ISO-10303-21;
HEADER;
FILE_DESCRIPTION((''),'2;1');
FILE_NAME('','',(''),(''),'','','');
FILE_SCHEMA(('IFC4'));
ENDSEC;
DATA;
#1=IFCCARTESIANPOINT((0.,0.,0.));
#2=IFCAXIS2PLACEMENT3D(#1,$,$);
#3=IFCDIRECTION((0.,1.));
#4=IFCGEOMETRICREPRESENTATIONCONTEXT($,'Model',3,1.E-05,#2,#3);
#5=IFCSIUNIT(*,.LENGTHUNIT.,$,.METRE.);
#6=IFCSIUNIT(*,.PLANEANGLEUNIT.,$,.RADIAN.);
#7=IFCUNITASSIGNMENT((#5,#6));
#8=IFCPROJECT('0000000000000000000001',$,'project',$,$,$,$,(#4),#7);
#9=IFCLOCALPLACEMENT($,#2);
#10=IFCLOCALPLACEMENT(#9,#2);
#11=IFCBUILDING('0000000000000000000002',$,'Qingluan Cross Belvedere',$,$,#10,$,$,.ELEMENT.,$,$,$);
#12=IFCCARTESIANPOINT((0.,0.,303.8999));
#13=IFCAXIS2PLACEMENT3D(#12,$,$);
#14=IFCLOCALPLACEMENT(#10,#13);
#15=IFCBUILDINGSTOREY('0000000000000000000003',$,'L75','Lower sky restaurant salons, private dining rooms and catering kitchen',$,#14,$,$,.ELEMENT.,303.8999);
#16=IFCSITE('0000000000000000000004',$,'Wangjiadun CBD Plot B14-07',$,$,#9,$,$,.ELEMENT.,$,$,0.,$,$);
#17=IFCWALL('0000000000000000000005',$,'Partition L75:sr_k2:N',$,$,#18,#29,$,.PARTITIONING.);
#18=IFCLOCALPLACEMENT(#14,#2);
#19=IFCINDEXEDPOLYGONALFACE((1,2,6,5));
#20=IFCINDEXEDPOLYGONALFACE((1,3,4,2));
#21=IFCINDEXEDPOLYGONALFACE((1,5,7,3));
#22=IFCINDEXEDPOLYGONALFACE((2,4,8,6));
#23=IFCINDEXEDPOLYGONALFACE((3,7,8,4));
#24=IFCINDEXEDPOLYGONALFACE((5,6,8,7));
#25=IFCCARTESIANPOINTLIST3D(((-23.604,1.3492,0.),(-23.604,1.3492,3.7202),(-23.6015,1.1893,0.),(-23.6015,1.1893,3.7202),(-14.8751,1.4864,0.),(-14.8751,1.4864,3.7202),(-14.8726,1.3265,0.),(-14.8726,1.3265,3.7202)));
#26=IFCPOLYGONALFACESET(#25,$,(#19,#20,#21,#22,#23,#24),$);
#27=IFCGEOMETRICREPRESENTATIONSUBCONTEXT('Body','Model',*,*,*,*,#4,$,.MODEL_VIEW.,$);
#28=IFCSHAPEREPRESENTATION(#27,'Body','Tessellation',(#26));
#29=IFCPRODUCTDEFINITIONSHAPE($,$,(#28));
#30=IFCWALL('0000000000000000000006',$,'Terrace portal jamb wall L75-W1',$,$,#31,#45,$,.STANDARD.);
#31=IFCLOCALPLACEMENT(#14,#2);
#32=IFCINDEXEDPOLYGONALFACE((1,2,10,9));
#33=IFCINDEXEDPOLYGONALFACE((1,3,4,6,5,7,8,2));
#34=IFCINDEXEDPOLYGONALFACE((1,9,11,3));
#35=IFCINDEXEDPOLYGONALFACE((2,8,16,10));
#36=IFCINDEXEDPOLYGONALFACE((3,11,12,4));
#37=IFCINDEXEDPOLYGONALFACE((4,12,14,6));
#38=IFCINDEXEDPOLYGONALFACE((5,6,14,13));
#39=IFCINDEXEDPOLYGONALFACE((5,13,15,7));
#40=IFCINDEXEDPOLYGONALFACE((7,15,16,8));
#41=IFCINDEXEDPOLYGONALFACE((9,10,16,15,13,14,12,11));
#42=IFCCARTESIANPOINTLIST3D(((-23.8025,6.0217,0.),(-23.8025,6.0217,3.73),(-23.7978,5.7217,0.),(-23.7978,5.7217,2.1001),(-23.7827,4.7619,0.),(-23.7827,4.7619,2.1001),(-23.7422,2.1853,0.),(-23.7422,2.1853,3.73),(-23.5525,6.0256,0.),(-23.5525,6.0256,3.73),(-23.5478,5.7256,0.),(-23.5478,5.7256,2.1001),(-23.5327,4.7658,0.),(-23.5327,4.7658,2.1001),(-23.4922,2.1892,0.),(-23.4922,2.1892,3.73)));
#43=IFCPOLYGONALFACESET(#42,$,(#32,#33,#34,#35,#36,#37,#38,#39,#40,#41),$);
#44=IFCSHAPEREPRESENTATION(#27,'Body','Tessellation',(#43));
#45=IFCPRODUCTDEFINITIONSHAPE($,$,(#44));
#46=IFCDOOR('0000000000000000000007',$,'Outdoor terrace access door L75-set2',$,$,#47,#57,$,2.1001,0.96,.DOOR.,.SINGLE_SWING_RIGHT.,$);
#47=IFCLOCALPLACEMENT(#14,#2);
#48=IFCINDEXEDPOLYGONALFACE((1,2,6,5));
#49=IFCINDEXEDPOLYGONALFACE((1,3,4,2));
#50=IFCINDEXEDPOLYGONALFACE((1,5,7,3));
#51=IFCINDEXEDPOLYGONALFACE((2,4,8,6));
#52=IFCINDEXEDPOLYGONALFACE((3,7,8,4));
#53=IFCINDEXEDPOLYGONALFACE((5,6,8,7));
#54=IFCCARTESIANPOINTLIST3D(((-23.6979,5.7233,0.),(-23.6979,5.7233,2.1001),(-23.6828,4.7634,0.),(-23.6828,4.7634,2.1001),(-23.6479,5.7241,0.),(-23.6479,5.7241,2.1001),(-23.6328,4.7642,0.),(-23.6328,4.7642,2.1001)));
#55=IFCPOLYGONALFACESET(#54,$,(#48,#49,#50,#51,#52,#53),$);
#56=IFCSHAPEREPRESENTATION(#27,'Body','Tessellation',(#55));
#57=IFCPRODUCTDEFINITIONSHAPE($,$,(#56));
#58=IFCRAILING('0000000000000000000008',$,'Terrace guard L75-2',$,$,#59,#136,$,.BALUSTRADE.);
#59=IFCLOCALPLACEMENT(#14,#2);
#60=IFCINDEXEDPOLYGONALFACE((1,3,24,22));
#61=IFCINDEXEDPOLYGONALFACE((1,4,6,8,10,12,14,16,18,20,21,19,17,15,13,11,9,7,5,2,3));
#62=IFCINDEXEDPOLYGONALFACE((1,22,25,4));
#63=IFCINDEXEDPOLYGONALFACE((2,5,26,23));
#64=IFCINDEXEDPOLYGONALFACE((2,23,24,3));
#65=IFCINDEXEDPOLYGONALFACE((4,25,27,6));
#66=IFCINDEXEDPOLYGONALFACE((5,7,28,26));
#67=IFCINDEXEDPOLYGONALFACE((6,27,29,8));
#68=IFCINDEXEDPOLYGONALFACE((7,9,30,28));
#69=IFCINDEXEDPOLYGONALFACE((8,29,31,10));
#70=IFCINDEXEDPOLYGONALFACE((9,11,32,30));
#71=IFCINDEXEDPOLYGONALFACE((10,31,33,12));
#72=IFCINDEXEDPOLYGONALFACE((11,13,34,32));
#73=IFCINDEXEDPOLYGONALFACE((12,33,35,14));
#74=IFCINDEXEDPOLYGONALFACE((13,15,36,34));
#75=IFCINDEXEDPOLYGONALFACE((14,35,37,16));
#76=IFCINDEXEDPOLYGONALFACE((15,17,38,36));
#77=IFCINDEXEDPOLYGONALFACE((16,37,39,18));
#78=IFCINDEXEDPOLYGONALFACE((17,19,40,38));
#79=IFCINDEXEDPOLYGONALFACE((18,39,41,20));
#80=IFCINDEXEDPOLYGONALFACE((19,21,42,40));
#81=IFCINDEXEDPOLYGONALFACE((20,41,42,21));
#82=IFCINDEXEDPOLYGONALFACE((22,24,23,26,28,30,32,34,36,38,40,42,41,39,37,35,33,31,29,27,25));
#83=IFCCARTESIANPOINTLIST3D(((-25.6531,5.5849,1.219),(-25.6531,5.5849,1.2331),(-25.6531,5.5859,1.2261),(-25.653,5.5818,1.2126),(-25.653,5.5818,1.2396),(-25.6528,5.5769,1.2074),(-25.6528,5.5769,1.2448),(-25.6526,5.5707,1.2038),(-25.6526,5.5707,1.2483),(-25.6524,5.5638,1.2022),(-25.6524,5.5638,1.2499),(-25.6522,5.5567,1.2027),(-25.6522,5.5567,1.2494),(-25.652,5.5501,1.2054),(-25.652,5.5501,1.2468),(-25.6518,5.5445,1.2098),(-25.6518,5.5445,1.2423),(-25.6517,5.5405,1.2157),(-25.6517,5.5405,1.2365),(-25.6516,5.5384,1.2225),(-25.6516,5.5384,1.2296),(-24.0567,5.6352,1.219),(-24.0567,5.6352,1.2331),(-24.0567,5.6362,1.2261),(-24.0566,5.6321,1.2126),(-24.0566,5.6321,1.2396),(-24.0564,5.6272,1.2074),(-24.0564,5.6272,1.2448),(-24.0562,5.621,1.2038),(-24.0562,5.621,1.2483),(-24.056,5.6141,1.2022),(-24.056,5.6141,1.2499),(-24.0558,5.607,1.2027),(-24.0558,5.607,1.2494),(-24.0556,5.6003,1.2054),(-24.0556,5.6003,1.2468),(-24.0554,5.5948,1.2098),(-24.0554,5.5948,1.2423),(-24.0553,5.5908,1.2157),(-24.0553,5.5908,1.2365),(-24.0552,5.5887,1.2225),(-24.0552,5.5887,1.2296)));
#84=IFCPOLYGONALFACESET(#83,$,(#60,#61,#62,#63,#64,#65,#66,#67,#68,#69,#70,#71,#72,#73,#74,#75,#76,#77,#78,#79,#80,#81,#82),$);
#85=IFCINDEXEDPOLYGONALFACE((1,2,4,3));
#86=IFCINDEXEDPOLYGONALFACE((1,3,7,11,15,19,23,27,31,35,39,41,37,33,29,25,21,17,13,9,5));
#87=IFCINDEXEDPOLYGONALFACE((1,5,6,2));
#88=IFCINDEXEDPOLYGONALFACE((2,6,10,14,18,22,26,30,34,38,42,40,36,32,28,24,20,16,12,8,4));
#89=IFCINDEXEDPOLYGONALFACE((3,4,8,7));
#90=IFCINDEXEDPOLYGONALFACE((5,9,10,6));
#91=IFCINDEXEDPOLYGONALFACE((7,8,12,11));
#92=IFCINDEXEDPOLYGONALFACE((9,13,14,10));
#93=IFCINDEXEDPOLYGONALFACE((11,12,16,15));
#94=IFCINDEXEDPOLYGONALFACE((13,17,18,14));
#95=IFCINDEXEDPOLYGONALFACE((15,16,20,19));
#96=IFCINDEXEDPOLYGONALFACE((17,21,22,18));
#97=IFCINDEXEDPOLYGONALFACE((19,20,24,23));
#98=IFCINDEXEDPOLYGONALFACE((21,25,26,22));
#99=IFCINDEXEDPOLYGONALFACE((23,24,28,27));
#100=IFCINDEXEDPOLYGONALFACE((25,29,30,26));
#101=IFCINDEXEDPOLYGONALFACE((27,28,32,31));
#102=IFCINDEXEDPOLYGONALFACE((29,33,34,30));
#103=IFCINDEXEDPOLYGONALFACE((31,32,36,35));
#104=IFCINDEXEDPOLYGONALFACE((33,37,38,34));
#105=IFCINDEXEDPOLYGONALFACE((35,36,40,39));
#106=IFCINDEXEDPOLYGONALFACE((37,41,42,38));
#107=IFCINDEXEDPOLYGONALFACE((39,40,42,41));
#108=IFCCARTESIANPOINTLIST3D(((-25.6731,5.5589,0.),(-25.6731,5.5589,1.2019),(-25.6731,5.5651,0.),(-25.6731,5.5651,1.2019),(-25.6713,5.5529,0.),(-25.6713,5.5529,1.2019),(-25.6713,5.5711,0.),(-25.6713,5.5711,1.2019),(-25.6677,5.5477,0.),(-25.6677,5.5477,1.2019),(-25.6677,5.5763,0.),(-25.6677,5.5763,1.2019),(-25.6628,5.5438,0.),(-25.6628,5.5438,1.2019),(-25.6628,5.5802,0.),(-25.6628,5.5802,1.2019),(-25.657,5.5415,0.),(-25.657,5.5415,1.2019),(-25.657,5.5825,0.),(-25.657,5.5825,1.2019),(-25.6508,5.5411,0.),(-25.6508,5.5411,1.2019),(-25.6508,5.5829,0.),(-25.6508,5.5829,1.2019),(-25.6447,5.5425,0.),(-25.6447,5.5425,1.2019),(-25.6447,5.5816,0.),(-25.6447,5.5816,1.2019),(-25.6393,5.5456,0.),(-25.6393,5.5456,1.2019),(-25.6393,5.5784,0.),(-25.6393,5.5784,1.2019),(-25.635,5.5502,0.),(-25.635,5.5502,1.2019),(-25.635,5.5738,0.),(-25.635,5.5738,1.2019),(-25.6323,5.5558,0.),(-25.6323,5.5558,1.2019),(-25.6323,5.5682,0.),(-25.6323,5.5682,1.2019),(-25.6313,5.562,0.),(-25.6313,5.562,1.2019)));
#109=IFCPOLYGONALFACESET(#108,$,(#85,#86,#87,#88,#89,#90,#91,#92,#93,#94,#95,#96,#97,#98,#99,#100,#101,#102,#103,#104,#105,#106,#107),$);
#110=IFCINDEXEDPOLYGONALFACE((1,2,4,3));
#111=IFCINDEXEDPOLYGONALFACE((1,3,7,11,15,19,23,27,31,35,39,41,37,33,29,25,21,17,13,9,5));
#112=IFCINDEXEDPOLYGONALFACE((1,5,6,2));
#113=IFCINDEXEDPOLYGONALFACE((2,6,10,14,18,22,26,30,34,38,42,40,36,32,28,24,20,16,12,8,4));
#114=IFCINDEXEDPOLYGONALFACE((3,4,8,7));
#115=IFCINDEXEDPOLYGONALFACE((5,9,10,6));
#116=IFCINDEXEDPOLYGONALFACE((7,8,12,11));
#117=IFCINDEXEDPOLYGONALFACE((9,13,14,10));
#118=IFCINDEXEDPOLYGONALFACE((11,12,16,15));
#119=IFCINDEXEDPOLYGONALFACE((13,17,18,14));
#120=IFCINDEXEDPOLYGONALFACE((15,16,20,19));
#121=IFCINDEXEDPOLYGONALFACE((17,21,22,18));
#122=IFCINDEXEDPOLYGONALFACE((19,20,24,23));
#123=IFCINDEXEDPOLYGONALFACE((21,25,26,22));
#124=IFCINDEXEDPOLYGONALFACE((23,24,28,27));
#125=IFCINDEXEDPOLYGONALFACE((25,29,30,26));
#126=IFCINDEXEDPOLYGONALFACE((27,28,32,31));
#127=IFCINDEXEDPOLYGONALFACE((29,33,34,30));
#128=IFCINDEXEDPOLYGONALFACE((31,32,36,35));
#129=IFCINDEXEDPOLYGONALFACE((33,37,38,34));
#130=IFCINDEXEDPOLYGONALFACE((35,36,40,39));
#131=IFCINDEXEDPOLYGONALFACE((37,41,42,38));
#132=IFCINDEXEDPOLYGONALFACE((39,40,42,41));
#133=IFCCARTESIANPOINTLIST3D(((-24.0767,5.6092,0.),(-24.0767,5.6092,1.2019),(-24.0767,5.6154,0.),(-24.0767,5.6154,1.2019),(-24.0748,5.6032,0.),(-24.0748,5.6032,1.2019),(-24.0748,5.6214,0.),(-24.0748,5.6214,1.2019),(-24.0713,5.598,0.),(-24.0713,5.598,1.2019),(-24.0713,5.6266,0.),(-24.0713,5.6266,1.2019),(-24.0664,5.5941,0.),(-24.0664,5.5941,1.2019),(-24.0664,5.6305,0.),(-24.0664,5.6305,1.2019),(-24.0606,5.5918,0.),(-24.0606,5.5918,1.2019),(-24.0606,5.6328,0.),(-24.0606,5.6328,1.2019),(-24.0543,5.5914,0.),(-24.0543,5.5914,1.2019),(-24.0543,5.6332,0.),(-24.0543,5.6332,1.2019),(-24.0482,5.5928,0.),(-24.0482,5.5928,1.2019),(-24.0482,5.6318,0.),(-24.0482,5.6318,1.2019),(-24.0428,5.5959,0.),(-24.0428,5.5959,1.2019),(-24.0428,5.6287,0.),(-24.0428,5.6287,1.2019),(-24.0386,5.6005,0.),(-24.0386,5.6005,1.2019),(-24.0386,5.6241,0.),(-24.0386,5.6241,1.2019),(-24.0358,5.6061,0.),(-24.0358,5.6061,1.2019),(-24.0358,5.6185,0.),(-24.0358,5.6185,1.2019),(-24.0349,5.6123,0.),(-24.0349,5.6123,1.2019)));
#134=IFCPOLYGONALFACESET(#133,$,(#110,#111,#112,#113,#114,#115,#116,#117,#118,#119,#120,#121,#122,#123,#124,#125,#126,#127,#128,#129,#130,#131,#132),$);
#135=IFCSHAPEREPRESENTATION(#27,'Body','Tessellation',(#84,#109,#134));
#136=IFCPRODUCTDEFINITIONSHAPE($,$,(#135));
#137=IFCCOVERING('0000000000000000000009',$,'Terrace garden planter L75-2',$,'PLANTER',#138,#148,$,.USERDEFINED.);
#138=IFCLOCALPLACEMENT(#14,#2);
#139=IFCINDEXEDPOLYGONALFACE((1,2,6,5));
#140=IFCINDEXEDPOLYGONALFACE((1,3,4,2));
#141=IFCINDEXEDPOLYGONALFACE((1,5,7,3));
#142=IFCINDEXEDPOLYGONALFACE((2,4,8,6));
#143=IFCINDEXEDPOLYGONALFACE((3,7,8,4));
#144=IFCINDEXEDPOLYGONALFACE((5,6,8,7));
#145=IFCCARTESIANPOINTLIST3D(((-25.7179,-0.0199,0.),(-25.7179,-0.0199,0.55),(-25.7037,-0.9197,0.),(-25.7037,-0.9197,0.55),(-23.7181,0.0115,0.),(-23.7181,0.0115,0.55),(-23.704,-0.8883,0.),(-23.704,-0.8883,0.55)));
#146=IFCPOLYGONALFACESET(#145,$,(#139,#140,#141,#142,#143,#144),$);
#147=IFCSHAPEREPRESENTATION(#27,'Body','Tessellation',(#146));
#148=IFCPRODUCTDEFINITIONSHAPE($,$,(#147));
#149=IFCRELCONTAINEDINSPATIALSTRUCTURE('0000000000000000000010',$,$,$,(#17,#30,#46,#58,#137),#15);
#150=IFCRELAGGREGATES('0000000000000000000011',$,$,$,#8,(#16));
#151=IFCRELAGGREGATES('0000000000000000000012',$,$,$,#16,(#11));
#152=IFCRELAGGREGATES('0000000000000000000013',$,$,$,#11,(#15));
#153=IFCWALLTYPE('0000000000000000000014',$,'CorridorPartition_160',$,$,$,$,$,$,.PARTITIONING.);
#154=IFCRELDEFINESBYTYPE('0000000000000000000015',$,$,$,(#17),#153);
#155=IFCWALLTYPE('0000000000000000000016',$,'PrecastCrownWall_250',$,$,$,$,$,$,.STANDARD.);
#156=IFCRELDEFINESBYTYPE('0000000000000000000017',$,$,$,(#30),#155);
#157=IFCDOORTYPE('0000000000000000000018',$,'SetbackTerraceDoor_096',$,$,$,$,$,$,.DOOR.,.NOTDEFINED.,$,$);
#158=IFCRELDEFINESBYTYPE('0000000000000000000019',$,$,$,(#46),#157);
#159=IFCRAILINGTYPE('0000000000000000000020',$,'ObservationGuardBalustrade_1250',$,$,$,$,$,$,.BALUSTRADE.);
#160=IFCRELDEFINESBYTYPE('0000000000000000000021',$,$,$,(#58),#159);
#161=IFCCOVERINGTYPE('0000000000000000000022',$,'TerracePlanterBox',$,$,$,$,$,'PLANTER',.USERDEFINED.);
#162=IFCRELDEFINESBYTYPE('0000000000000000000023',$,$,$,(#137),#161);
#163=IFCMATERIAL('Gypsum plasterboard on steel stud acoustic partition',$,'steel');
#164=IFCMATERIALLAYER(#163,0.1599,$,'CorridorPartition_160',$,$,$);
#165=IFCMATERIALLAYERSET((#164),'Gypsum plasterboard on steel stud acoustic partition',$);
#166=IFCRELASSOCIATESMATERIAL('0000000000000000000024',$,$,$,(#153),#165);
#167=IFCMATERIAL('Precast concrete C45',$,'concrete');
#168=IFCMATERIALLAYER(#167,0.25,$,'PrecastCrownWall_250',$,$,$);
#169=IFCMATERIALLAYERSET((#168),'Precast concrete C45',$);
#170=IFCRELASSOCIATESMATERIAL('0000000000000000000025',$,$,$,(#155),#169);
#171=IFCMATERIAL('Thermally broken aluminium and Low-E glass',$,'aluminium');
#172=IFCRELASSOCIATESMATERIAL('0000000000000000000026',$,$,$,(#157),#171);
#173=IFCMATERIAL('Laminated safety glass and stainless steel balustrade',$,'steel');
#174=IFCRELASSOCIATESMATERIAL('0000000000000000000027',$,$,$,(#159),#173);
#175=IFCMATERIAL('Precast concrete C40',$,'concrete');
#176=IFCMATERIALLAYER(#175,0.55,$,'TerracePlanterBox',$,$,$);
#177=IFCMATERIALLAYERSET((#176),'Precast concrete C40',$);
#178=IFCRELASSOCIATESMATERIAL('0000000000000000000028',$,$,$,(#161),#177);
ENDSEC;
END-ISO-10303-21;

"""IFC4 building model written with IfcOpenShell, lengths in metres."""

from ifc_helpers import new_model, si_unit, direction, frame, frame_2d, origin, origin_2d, place, context, subcontext, project, spatial, rectangle, circle, extrude, material, layer, layer_set, type_object, element, fill, save


model = new_model("IFC4")

# Units and contexts
model_context = context("Model", 3, precision=1e-05, world=origin(), true_north=direction((0.0, 1.0)))
body_context = subcontext(model_context, "Body", "Model", "MODEL_VIEW")
ifc_project = project(units=[si_unit("LENGTHUNIT", "METRE"), si_unit("PLANEANGLEUNIT", "RADIAN")], contexts=[model_context])

# Site, building, storey
site_placement = place(None, origin())
site = spatial("IfcSite", under=ifc_project, at=site_placement, Name="Wangjiadun CBD Plot B14-07", CompositionType="ELEMENT", RefElevation=0.0)
building_placement = place(site_placement, origin())
building = spatial("IfcBuilding", under=site, at=building_placement, Name="Qingluan Cross Belvedere", CompositionType="ELEMENT")
storey_placement = place(building_placement, frame((0.0, 0.0, 303.8999)))
storey = spatial("IfcBuildingStorey", under=building, at=storey_placement, Name="L75", Description="Lower sky restaurant salons, private dining rooms and catering kitchen", CompositionType="ELEMENT", Elevation=303.8999)

# Wall
ifc_material_1 = material(Name="Gypsum plasterboard on steel stud acoustic partition", Category="steel")
ifc_layer_1 = layer(ifc_material_1, 0.1599, Name="CorridorPartition_160")
ifc_layer_set_1 = layer_set([ifc_layer_1], Name="Gypsum plasterboard on steel stud acoustic partition")
wall_type_1 = type_object("IfcWallType", Name="CorridorPartition_160", PredefinedType="PARTITIONING", material=ifc_layer_set_1)
wall_1_placement = place(storey_placement, frame((-23.6028, 1.2693, 0.0), z_axis=(0.0, 0.0, 1.0), x_axis=(0.999876, 0.015717, 0.0)))
element("IfcWall", 1, at=wall_1_placement, inside=storey, type_object=wall_type_1, Name="Partition L75:sr_k2:N", PredefinedType="PARTITIONING", context=body_context, shape_type="SweptSolid", body=[
    extrude(rectangle(XDim=8.73, YDim=0.1599, at=frame_2d((4.365, 0.0))), origin(), (0.0, 0.0, 1.0), 3.7202),
])

# Wall, opening, door
ifc_material_2 = material(Name="Precast concrete C45", Category="concrete")
ifc_layer_2 = layer(ifc_material_2, 0.25, Name="PrecastCrownWall_250")
ifc_layer_set_2 = layer_set([ifc_layer_2], Name="Precast concrete C45")
wall_type_2 = type_object("IfcWallType", Name="PrecastCrownWall_250", PredefinedType="STANDARD", material=ifc_layer_set_2)
wall_2_placement = place(storey_placement, frame((-23.6775, 6.0237, 0.0), z_axis=(0.0, 0.0, 1.0), x_axis=(0.015717, -0.999876, 0.0)))
wall_2 = element("IfcWall", 2, at=wall_2_placement, inside=storey, type_object=wall_type_2, Name="Terrace portal jamb wall L75-W1", PredefinedType="STANDARD", context=body_context, shape_type="SweptSolid", body=[
    extrude(rectangle(XDim=3.8369, YDim=0.25, at=frame_2d((1.9185, 0.0))), origin(), (0.0, 0.0, 1.0), 3.73),
])
opening_placement = place(wall_2_placement, frame((0.3, 0.0, 0.0)))
opening = element("IfcOpeningElement", 3, at=opening_placement, cuts=wall_2, PredefinedType="OPENING", context=body_context, shape_type="SweptSolid", body=[
    extrude(rectangle(XDim=0.96, YDim=2.1001, at=frame_2d((0.48, 1.05))), frame((0.0, 0.135, 0.0), z_axis=(0.0, -1.0, 0.0), x_axis=(1.0, 0.0, 0.0)), (0.0, 0.0, 1.0), 0.27),
])
ifc_material_3 = material(Name="Thermally broken aluminium and Low-E glass", Category="aluminium")
door_type = type_object("IfcDoorType", Name="SetbackTerraceDoor_096", OperationType="NOTDEFINED", PredefinedType="DOOR", material=ifc_material_3)
door_placement = place(opening_placement, origin())
door = element("IfcDoor", 4, at=door_placement, inside=storey, type_object=door_type, Name="Outdoor terrace access door L75-set2", OperationType="SINGLE_SWING_RIGHT", OverallHeight=2.1001, OverallWidth=0.96, PredefinedType="DOOR", context=body_context, shape_type="SweptSolid", body=[
    extrude(rectangle(XDim=0.96, YDim=2.1001, at=frame_2d((0.48, 1.05))), frame((0.0, 0.0249, 0.0), z_axis=(0.0, -1.0, 0.0), x_axis=(1.0, 0.0, 0.0)), (0.0, 0.0, 1.0), 0.05),
])
fill(opening, door)

# Railing
ifc_material_4 = material(Name="Laminated safety glass and stainless steel balustrade", Category="steel")
railing_type = type_object("IfcRailingType", Name="ObservationGuardBalustrade_1250", PredefinedType="BALUSTRADE", material=ifc_material_4)
railing_placement = place(storey_placement, frame((-25.6523, 5.562, 0.0)))
element("IfcRailing", 5, at=railing_placement, inside=storey, type_object=railing_type, Name="Terrace guard L75-2", PredefinedType="BALUSTRADE", context=body_context, shape_type="SweptSolid", body=[
    extrude(circle(Radius=0.0239, at=origin_2d()), frame((0.0, 0.0, 1.2261), z_axis=(0.999504, 0.031488, 0.0), x_axis=(-0.031488, 0.999504, 0.0)), (0.0, 0.0, 1.0), 1.5972),
    extrude(circle(Radius=0.021, at=origin_2d()), origin(), (0.0, 0.0, 1.0), 1.2019),
    extrude(circle(Radius=0.021, at=origin_2d()), frame((1.5964, 0.0503, 0.0)), (0.0, 0.0, 1.0), 1.2019),
])

# Covering
ifc_material_5 = material(Name="Precast concrete C40", Category="concrete")
ifc_layer_3 = layer(ifc_material_5, 0.55, Name="TerracePlanterBox")
ifc_layer_set_3 = layer_set([ifc_layer_3], Name="Precast concrete C40")
covering_type = type_object("IfcCoveringType", Name="TerracePlanterBox", ElementType="PLANTER", PredefinedType="USERDEFINED", material=ifc_layer_set_3)
covering_placement = place(storey_placement, frame((-24.7109, -0.4541, 0.0), z_axis=(0.0, 0.0, 1.0), x_axis=(0.999877, 0.015707, 0.0)))
element("IfcCovering", 6, at=covering_placement, inside=storey, type_object=covering_type, Name="Terrace garden planter L75-2", ObjectType="PLANTER", PredefinedType="USERDEFINED", context=body_context, shape_type="SweptSolid", body=[
    extrude(rectangle(XDim=2.0, YDim=0.8999, at=origin_2d()), origin(), (0.0, 0.0, 1.0), 0.55),
])

save(model, "model.ifc")
